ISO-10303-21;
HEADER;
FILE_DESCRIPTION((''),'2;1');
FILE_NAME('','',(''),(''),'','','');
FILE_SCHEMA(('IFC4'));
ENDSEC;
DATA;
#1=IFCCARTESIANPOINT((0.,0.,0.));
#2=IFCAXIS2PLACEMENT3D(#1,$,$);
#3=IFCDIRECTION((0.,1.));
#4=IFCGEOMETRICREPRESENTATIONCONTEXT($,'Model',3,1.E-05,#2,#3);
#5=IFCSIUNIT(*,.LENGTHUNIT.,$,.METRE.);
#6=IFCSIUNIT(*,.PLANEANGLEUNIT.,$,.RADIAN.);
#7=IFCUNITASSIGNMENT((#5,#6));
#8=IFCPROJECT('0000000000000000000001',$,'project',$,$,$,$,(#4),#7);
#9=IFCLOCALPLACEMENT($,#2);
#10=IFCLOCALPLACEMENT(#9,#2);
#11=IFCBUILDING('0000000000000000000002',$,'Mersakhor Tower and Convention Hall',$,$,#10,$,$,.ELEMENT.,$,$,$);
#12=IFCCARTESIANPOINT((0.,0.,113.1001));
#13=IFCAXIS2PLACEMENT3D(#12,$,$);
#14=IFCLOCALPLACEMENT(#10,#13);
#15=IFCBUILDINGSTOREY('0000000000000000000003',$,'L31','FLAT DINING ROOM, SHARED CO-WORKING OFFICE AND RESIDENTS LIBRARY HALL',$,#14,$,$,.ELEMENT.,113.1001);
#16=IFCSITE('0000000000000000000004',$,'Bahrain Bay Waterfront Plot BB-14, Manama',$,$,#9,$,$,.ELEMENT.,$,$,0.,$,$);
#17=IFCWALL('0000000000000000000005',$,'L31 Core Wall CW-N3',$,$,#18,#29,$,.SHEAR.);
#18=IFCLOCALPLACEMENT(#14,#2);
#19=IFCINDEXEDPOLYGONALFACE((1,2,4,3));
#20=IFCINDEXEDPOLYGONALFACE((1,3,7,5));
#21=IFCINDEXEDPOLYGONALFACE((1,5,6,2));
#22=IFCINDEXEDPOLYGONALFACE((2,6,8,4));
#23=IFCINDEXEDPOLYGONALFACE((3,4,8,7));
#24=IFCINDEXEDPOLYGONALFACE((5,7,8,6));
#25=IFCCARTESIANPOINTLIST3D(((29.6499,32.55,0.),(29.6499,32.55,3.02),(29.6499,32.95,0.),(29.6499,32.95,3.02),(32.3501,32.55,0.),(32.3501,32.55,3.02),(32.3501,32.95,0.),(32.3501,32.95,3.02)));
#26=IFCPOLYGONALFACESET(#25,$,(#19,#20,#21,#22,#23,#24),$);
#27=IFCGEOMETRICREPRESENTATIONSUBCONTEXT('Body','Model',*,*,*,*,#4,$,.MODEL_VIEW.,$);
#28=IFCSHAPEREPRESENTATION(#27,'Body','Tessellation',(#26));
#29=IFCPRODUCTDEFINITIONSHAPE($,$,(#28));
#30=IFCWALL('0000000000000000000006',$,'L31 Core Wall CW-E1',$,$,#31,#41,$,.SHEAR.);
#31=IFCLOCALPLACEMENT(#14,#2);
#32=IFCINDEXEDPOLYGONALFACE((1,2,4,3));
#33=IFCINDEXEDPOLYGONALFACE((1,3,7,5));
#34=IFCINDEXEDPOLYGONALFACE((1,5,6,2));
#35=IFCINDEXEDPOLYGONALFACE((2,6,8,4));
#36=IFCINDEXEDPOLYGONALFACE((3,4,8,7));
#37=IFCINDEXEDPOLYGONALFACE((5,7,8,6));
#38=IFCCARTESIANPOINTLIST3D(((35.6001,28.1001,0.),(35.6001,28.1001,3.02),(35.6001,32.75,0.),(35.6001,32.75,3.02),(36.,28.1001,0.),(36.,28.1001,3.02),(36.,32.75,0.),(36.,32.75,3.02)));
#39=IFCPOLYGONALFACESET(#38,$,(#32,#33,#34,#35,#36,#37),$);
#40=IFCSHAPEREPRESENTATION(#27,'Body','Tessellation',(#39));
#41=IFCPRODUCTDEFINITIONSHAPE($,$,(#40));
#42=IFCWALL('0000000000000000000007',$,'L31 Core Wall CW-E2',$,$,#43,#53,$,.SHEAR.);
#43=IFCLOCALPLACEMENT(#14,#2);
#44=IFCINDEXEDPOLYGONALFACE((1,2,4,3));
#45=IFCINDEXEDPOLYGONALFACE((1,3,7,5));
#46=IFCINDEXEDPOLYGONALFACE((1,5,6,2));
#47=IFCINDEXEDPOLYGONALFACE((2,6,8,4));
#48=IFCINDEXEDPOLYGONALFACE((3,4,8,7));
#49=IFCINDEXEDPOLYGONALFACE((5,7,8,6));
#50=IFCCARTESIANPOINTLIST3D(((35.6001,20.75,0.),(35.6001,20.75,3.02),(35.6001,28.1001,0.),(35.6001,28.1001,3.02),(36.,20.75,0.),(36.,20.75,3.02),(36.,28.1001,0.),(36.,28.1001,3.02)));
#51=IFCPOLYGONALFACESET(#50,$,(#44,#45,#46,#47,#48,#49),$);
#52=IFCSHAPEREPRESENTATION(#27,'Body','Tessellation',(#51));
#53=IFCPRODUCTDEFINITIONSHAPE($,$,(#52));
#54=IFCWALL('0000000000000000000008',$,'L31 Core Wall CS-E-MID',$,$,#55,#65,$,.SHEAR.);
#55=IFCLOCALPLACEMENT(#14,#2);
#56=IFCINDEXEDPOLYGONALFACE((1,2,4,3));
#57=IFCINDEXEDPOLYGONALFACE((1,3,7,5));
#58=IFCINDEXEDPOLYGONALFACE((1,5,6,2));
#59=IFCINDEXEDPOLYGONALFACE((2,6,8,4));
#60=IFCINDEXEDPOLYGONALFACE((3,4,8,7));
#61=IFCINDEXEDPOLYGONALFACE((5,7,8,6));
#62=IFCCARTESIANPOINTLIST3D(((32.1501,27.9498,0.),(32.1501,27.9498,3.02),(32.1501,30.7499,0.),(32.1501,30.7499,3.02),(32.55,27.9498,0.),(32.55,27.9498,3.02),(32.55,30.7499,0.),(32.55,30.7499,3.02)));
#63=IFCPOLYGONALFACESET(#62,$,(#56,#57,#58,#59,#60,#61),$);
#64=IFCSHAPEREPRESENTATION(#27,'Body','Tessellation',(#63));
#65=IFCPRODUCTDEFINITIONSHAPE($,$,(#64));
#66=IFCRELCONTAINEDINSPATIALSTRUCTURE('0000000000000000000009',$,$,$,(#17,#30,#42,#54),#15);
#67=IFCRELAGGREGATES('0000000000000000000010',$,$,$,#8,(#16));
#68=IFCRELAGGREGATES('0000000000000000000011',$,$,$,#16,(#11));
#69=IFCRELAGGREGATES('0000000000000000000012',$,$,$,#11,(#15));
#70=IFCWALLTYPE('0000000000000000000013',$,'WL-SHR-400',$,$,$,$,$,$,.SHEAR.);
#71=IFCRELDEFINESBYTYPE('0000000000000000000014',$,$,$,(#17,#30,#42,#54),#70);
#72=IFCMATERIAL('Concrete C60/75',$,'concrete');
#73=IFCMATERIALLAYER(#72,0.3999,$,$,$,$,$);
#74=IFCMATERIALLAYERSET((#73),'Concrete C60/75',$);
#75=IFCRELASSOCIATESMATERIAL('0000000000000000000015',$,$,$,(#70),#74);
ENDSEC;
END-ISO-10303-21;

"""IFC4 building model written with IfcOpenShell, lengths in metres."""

from ifc_helpers import new_model, si_unit, direction, frame, frame_2d, origin, place, context, subcontext, project, spatial, rectangle, extrude, material, layer, layer_set, type_object, element, save


model = new_model("IFC4")

# Units and contexts
model_context = context("Model", 3, precision=1e-05, world=origin(), true_north=direction((0.0, 1.0)))
body_context = subcontext(model_context, "Body", "Model", "MODEL_VIEW")
ifc_project = project(units=[si_unit("LENGTHUNIT", "METRE"), si_unit("PLANEANGLEUNIT", "RADIAN")], contexts=[model_context])

# Site, building, storey
site_placement = place(None, origin())
site = spatial("IfcSite", under=ifc_project, at=site_placement, Name="Bahrain Bay Waterfront Plot BB-14, Manama", CompositionType="ELEMENT", RefElevation=0.0)
building_placement = place(site_placement, origin())
building = spatial("IfcBuilding", under=site, at=building_placement, Name="Mersakhor Tower and Convention Hall", CompositionType="ELEMENT")
storey_placement = place(building_placement, frame((0.0, 0.0, 113.1001)))
storey = spatial("IfcBuildingStorey", under=building, at=storey_placement, Name="L31", Description="FLAT DINING ROOM, SHARED CO-WORKING OFFICE AND RESIDENTS LIBRARY HALL", CompositionType="ELEMENT", Elevation=113.1001)

# Wall
ifc_material_1 = material(Name="Concrete C60/75", Category="concrete")
ifc_layer_1 = layer(ifc_material_1, 0.3999)
ifc_layer_set_1 = layer_set([ifc_layer_1], Name="Concrete C60/75")
wall_type_1 = type_object("IfcWallType", Name="WL-SHR-400", PredefinedType="SHEAR", material=ifc_layer_set_1)
wall_1_placement = place(storey_placement, frame((29.6499, 32.75, 0.0), z_axis=(0.0, 0.0, 1.0), x_axis=(1.0, 0.0, 0.0)))
element("IfcWall", 1, at=wall_1_placement, inside=storey, type_object=wall_type_1, Name="L31 Core Wall CW-N3", PredefinedType="SHEAR", context=body_context, shape_type="SweptSolid", body=[
    extrude(rectangle(XDim=2.7002, YDim=0.3999, at=frame_2d((1.3501, 0.0))), origin(), (0.0, 0.0, 1.0), 3.02),
])

# Walls
wall_2_placement = place(storey_placement, frame((35.8, 32.75, 0.0), z_axis=(0.0, 0.0, 1.0), x_axis=(0.0, -1.0, 0.0)))
element("IfcWall", 2, at=wall_2_placement, inside=storey, type_object=wall_type_1, Name="L31 Core Wall CW-E1", PredefinedType="SHEAR", context=body_context, shape_type="SweptSolid", body=[
    extrude(rectangle(XDim=4.6499, YDim=0.3999, at=frame_2d((2.325, 0.0))), origin(), (0.0, 0.0, 1.0), 3.02),
])
wall_3_placement = place(storey_placement, frame((35.8, 28.1001, 0.0), z_axis=(0.0, 0.0, 1.0), x_axis=(0.0, -1.0, 0.0)))
element("IfcWall", 3, at=wall_3_placement, inside=storey, type_object=wall_type_1, Name="L31 Core Wall CW-E2", PredefinedType="SHEAR", context=body_context, shape_type="SweptSolid", body=[
    extrude(rectangle(XDim=7.3501, YDim=0.3999, at=frame_2d((3.675, 0.0))), origin(), (0.0, 0.0, 1.0), 3.02),
])
wall_4_placement = place(storey_placement, frame((32.3501, 27.95, 0.0), z_axis=(0.0, 0.0, 1.0), x_axis=(0.0, 1.0, 0.0)))
element("IfcWall", 4, at=wall_4_placement, inside=storey, type_object=wall_type_1, Name="L31 Core Wall CS-E-MID", PredefinedType="SHEAR", context=body_context, shape_type="SweptSolid", body=[
    extrude(rectangle(XDim=2.8, YDim=0.3999, at=frame_2d((1.3999, 0.0))), origin(), (0.0, 0.0, 1.0), 3.02),
])

save(model, "model.ifc")
